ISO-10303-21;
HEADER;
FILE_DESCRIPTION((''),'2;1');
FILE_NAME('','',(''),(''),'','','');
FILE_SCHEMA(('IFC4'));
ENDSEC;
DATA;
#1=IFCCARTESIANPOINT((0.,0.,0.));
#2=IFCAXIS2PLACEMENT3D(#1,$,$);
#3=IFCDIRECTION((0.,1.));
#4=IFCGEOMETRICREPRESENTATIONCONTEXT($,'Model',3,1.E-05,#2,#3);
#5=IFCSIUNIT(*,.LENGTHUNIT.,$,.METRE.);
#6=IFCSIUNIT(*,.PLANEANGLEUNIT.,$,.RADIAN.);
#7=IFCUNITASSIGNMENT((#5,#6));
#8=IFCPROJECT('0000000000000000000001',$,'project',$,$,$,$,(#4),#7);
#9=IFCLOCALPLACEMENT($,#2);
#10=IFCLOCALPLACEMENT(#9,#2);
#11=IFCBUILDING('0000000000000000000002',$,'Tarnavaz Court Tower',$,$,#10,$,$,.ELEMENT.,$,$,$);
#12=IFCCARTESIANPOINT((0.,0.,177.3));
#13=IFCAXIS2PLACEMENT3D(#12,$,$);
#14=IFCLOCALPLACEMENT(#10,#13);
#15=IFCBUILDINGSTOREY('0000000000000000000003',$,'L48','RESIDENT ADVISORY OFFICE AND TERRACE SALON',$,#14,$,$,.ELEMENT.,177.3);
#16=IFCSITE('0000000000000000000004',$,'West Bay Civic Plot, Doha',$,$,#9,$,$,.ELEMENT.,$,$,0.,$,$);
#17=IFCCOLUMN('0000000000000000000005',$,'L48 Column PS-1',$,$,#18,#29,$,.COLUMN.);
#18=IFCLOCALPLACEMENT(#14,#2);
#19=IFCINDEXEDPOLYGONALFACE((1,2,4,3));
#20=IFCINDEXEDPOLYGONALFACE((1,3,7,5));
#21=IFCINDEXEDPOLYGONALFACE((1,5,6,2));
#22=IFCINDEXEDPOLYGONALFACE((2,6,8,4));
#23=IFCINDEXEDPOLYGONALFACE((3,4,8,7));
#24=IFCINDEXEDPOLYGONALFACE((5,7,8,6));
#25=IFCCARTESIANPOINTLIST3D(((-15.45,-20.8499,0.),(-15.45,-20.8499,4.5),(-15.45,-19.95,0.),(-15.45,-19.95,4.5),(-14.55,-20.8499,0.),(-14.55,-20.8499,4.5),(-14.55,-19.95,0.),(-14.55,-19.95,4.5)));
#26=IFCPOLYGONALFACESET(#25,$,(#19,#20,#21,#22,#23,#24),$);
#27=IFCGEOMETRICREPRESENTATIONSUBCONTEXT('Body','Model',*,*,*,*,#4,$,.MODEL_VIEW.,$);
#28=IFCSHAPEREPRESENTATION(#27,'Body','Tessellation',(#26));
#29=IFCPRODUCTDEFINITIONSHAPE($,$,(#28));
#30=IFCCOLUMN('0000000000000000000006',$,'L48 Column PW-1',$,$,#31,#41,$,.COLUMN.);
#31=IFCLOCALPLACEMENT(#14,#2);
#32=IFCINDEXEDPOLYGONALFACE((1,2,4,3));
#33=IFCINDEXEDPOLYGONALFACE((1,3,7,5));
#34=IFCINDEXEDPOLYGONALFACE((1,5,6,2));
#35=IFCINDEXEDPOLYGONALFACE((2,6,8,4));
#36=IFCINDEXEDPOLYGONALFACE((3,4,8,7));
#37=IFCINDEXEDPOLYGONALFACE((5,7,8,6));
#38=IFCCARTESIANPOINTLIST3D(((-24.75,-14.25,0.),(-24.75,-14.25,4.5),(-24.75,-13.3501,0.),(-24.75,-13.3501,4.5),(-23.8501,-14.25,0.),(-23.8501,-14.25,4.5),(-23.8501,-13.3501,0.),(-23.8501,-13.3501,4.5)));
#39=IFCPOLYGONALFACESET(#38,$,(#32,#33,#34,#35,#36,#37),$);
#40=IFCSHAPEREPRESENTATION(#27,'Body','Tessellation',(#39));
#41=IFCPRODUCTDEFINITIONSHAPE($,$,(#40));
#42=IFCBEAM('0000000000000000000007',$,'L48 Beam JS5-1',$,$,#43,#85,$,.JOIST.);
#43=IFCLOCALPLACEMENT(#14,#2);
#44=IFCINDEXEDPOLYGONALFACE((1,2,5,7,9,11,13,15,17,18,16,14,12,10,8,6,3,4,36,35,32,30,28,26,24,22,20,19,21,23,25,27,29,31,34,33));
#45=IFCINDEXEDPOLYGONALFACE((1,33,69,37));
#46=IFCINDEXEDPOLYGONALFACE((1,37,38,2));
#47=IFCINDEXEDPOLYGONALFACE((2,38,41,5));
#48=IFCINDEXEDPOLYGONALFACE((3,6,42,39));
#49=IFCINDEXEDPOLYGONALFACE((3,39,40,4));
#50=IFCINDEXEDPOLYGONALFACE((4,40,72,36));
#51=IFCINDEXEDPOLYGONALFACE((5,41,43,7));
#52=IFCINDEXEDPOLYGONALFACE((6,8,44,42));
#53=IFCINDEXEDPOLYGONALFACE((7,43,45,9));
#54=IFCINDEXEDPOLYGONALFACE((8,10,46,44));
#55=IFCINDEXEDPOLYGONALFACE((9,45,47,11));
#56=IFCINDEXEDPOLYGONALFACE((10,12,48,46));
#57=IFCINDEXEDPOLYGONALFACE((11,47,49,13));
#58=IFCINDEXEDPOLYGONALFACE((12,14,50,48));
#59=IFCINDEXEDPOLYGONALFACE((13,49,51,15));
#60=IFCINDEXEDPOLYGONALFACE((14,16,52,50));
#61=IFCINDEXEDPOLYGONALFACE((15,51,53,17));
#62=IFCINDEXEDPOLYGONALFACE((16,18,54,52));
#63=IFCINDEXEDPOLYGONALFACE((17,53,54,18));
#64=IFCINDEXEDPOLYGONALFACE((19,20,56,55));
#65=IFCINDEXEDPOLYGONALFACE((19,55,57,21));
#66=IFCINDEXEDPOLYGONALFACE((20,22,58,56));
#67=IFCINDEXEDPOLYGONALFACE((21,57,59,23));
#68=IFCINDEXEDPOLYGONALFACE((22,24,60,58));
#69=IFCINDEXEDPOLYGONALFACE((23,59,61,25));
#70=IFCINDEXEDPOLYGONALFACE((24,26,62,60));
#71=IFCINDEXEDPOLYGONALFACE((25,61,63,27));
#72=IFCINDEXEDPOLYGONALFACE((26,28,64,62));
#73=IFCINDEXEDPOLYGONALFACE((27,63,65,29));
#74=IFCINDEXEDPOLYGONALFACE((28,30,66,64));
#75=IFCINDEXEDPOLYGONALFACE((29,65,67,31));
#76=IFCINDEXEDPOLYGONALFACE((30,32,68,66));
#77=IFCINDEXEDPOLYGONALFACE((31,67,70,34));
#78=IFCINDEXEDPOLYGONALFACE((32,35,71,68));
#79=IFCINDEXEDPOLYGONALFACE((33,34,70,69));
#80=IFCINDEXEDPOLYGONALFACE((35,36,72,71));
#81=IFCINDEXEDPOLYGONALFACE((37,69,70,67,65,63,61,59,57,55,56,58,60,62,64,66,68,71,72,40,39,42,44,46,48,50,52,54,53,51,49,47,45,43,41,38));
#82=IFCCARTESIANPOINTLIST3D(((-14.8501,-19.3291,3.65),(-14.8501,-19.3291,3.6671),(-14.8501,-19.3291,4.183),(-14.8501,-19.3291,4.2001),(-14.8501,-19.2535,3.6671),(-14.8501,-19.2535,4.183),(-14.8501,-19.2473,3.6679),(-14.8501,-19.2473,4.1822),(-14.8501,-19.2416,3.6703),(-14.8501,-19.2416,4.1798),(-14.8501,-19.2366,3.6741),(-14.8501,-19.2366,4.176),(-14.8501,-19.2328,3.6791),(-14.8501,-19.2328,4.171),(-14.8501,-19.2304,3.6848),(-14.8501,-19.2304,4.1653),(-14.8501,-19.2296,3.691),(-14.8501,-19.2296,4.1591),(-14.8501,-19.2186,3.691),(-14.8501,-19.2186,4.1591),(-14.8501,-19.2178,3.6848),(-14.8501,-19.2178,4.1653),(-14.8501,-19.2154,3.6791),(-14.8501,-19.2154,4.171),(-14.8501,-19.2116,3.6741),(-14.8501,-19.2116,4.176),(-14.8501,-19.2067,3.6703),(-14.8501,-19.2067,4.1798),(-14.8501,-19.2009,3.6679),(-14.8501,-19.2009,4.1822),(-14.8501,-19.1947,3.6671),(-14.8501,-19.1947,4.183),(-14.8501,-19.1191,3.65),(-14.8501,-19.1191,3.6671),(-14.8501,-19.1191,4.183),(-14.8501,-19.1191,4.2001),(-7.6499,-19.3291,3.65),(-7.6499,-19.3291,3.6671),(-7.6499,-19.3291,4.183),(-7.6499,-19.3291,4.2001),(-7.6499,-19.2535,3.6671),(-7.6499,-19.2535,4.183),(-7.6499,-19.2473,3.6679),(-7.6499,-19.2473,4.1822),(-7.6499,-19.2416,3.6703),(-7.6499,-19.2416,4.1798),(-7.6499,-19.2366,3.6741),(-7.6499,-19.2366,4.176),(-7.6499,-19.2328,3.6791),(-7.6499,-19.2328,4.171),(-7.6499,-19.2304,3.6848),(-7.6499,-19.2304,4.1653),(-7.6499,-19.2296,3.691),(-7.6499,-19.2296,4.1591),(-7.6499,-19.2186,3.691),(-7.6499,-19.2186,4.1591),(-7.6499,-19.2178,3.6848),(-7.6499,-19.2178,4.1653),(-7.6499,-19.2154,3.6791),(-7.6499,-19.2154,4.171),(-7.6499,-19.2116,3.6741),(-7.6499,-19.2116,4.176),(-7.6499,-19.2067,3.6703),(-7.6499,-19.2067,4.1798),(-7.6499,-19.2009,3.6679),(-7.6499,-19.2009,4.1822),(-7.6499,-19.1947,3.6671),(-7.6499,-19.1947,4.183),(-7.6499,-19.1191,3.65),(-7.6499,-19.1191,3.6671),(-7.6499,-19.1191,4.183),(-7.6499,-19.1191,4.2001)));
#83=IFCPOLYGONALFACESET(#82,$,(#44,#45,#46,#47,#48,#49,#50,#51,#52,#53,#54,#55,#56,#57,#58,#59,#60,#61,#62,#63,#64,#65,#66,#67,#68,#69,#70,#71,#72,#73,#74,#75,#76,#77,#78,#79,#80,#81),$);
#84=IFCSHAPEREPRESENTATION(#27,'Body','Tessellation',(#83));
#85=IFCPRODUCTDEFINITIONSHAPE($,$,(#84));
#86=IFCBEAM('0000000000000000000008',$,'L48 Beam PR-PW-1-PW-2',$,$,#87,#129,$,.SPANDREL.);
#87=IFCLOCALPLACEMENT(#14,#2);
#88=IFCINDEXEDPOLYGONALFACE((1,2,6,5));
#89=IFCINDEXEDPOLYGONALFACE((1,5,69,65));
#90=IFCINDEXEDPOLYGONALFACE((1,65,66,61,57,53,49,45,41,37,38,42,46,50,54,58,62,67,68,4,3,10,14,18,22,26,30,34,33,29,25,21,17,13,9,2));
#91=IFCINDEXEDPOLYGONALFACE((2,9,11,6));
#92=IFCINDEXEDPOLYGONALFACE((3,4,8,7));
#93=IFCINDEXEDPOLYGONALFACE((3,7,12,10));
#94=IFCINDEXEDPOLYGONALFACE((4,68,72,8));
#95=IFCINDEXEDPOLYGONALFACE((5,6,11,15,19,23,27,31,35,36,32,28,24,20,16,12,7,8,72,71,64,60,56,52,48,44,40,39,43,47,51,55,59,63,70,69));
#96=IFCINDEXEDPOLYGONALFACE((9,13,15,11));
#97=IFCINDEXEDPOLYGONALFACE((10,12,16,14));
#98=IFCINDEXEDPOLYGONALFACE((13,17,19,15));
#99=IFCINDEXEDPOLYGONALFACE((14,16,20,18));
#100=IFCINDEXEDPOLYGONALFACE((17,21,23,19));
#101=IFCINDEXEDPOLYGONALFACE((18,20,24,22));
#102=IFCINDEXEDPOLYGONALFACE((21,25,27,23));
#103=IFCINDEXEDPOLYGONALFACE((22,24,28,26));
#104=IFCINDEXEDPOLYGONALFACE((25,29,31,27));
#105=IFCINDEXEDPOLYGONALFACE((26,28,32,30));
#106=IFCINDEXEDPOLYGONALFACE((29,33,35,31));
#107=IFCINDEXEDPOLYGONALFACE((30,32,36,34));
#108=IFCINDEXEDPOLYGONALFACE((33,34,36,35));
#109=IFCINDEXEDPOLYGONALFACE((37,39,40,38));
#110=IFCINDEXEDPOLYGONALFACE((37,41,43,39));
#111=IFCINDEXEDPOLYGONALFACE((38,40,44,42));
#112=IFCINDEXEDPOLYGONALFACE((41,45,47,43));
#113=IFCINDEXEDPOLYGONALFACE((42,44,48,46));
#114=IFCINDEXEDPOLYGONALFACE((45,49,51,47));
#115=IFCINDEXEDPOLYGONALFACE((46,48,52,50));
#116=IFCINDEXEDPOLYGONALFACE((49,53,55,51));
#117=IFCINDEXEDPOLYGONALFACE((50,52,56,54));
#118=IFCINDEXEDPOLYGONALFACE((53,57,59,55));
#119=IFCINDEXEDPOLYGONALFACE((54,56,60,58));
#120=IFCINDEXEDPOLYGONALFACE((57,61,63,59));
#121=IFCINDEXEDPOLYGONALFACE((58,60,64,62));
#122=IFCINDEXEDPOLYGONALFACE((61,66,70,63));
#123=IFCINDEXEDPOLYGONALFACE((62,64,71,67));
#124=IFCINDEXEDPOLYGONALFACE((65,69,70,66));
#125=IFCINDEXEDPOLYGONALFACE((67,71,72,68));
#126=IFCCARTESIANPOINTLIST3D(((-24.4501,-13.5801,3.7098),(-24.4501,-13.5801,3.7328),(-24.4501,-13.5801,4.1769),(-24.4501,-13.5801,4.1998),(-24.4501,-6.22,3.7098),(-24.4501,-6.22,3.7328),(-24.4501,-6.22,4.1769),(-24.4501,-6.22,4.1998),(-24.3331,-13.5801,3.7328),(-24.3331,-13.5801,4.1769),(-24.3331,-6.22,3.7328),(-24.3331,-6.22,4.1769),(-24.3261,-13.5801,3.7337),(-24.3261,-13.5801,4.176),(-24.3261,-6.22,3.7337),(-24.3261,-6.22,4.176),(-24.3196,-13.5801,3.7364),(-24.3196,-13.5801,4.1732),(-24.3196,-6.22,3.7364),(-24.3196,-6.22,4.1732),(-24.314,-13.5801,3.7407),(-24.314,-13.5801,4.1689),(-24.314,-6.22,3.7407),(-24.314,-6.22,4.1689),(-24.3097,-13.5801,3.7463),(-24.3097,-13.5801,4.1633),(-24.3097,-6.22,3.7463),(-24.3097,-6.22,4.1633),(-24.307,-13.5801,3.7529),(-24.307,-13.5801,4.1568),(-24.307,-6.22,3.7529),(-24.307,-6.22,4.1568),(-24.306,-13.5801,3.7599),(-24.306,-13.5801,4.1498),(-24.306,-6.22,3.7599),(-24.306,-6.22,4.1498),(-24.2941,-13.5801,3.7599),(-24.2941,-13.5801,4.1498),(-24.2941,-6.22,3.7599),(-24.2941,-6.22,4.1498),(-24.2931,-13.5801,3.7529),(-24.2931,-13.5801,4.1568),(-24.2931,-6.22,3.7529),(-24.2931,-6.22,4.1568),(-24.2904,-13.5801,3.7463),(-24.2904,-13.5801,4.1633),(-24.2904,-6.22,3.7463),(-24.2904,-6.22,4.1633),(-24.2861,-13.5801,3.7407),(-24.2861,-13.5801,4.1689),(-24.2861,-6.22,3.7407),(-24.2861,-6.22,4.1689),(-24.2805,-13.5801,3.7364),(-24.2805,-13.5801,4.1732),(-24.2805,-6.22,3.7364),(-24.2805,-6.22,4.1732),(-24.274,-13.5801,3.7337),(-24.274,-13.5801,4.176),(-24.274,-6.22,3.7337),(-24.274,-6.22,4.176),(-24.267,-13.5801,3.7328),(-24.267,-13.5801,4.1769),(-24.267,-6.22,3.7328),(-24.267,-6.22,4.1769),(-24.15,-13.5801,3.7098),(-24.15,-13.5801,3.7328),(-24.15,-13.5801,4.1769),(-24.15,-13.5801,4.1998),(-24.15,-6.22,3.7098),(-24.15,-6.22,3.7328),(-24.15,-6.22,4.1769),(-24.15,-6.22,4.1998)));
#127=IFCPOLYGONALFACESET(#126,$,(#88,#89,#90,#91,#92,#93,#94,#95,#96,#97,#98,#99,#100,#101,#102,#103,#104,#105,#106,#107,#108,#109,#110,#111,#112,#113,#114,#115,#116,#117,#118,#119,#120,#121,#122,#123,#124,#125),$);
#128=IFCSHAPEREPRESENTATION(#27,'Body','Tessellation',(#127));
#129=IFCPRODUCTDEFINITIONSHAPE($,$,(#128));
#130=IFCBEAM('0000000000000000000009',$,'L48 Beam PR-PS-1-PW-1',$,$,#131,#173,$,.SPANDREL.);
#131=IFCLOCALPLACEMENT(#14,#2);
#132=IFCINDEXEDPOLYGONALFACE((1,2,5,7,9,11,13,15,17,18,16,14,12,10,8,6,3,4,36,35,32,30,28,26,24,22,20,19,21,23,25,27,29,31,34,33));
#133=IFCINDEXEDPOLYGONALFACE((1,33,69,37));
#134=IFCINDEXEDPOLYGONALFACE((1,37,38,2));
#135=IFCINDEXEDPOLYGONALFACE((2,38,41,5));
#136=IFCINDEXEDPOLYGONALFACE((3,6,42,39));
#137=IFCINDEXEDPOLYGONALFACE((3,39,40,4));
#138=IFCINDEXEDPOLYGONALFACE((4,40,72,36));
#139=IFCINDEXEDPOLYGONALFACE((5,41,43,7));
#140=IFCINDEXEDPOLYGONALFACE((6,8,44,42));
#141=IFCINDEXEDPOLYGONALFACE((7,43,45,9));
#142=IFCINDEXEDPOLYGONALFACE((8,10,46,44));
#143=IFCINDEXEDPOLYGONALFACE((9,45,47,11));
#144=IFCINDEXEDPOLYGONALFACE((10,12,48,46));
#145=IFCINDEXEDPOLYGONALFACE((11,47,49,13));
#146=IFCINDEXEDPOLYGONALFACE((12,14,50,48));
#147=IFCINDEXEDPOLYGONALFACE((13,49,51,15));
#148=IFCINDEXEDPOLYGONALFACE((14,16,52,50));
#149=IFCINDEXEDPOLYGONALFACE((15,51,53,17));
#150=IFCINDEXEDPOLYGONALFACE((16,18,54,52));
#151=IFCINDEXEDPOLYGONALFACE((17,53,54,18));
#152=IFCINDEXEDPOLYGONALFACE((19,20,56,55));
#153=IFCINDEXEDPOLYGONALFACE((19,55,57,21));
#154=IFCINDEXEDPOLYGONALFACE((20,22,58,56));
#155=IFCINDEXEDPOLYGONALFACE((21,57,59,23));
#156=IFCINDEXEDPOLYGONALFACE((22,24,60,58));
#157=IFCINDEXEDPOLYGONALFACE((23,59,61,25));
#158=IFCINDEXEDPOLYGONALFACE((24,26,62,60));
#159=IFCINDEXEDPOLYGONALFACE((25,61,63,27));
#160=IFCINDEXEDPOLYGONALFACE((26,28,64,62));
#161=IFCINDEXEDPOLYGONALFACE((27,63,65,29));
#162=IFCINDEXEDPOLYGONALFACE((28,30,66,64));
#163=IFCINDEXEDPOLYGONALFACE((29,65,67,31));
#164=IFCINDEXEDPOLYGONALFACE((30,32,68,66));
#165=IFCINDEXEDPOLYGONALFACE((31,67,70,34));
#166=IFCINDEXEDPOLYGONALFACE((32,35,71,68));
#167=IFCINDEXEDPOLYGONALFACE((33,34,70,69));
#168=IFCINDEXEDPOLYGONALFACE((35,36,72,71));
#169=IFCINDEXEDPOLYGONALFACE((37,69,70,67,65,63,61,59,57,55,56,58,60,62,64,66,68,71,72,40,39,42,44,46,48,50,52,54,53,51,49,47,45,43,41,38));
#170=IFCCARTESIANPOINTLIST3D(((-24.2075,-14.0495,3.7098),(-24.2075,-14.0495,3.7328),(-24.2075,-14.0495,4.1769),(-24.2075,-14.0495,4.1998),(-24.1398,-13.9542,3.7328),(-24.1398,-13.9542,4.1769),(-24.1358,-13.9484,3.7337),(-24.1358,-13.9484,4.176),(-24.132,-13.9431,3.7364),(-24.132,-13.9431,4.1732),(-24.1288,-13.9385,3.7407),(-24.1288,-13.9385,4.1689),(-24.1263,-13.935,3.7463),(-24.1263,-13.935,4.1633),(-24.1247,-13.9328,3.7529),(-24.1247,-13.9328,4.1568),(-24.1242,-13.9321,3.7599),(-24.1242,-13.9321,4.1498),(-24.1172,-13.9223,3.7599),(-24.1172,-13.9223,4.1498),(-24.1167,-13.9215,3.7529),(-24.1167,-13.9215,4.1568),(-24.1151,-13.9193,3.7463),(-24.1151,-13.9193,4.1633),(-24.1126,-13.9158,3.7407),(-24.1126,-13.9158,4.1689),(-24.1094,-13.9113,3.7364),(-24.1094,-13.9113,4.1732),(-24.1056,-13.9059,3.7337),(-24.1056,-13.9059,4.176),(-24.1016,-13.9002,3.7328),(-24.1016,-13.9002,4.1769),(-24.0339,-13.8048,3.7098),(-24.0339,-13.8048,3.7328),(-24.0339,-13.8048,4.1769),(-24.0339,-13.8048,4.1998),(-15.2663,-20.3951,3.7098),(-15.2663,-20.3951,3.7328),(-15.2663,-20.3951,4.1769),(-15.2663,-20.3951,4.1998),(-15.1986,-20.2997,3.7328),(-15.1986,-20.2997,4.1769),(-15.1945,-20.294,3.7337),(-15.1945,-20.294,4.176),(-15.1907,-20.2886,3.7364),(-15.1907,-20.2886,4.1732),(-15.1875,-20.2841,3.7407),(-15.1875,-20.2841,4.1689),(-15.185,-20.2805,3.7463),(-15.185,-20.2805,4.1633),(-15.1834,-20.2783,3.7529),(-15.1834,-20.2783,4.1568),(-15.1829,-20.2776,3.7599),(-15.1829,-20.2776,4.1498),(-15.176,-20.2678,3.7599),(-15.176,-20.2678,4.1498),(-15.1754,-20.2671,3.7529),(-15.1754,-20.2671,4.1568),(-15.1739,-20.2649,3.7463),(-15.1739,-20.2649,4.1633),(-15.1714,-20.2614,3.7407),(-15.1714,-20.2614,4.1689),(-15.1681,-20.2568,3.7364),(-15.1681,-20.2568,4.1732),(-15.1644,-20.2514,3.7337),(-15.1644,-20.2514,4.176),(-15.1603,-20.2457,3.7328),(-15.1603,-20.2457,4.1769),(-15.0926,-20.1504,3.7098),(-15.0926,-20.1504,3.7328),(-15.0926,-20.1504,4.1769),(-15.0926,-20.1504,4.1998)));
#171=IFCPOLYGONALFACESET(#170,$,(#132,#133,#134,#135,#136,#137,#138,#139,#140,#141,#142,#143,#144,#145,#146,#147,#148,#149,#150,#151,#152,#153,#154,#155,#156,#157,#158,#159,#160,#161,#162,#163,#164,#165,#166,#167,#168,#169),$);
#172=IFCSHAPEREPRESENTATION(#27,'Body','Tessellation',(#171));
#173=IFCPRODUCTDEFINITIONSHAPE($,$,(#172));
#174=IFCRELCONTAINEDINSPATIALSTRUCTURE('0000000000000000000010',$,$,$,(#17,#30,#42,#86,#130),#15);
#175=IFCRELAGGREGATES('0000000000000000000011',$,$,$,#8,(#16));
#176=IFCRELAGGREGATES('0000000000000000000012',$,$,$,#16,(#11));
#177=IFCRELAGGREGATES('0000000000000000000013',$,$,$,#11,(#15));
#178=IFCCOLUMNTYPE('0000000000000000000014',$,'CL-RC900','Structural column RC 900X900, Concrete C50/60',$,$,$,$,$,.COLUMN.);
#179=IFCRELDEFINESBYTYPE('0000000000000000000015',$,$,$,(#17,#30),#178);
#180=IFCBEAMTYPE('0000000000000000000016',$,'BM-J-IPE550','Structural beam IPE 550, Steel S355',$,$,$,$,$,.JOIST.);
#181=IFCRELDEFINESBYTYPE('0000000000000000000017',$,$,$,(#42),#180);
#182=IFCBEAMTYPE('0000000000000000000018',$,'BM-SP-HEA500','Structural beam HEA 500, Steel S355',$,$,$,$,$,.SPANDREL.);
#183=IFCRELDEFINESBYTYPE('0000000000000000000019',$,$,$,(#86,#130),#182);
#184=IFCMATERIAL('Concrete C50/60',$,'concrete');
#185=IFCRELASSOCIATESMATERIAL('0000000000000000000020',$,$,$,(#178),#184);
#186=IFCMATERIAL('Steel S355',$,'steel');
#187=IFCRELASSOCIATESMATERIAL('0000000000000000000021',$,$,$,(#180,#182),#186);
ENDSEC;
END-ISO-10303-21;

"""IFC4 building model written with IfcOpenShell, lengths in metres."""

from ifc_helpers import new_model, si_unit, direction, frame, origin, origin_2d, place, context, subcontext, project, spatial, rectangle, i_section, extrude, material, material_profile, profile_set, type_object, element, save


model = new_model("IFC4")

# Units and contexts
model_context = context("Model", 3, precision=1e-05, world=origin(), true_north=direction((0.0, 1.0)))
body_context = subcontext(model_context, "Body", "Model", "MODEL_VIEW")
ifc_project = project(units=[si_unit("LENGTHUNIT", "METRE"), si_unit("PLANEANGLEUNIT", "RADIAN")], contexts=[model_context])

# Site, building, storey
site_placement = place(None, origin())
site = spatial("IfcSite", under=ifc_project, at=site_placement, Name="West Bay Civic Plot, Doha", CompositionType="ELEMENT", RefElevation=0.0)
building_placement = place(site_placement, origin())
building = spatial("IfcBuilding", under=site, at=building_placement, Name="Tarnavaz Court Tower", CompositionType="ELEMENT")
storey_placement = place(building_placement, frame((0.0, 0.0, 177.3)))
storey = spatial("IfcBuildingStorey", under=building, at=storey_placement, Name="L48", Description="RESIDENT ADVISORY OFFICE AND TERRACE SALON", CompositionType="ELEMENT", Elevation=177.3)

# Columns
ifc_material_1 = material(Name="Concrete C50/60", Category="concrete")
ifc_material_profile_1 = material_profile(ifc_material_1, rectangle(XDim=0.8999, YDim=0.8999, at=origin_2d()), Name="RC 900X900")
ifc_profile_set_1 = profile_set([ifc_material_profile_1], Name="Concrete C50/60")
column_type = type_object("IfcColumnType", Name="CL-RC900", Description="Structural column RC 900X900, Concrete C50/60", PredefinedType="COLUMN", material=ifc_profile_set_1)
for number, where, z_axis, x_axis, name in (
    (1, (-15.0, -20.3999, 0.0), (0.0, 0.0, 1.0), (1.0, 0.0, 0.0), "L48 Column PS-1"),
    (2, (-24.3, -13.8, 0.0), (0.0, 0.0, 1.0), (1.0, 0.0, 0.0), "L48 Column PW-1"),
):
    element("IfcColumn", number, at=place(storey_placement, frame(where, z_axis=z_axis, x_axis=x_axis)), inside=storey, type_object=column_type, Name=name, PredefinedType="COLUMN", context=body_context, shape_type="SweptSolid", body=[
        extrude(rectangle(XDim=0.8999, YDim=0.8999, at=origin_2d()), origin(), (0.0, 0.0, 1.0), 4.5),
    ])

# Beams
ifc_material_2 = material(Name="Steel S355", Category="steel")
ifc_material_profile_2 = material_profile(ifc_material_2, i_section(OverallWidth=0.21, OverallDepth=0.55, WebThickness=0.011, FlangeThickness=0.0171, FilletRadius=0.0239, at=origin_2d()), Name="IPE 550")
ifc_profile_set_2 = profile_set([ifc_material_profile_2], Name="Steel S355")
beam_type_1 = type_object("IfcBeamType", Name="BM-J-IPE550", Description="Structural beam IPE 550, Steel S355", PredefinedType="JOIST", material=ifc_profile_set_2)
beam_1_placement = place(storey_placement, frame((-14.8501, -19.2241, 3.925), z_axis=(1.0, 0.0, 0.0), x_axis=(0.0, 1.0, 0.0)))
element("IfcBeam", 3, at=beam_1_placement, inside=storey, type_object=beam_type_1, Name="L48 Beam JS5-1", PredefinedType="JOIST", context=body_context, shape_type="SweptSolid", body=[
    extrude(i_section(OverallWidth=0.21, OverallDepth=0.55, WebThickness=0.011, FlangeThickness=0.0171, FilletRadius=0.0239, at=origin_2d()), origin(), (0.0, 0.0, 1.0), 7.2002),
])
ifc_material_profile_3 = material_profile(ifc_material_2, i_section(OverallWidth=0.3, OverallDepth=0.49, WebThickness=0.012, FlangeThickness=0.0229, FilletRadius=0.0271, at=origin_2d()), Name="HEA 500")
ifc_profile_set_3 = profile_set([ifc_material_profile_3], Name="Steel S355")
beam_type_2 = type_object("IfcBeamType", Name="BM-SP-HEA500", Description="Structural beam HEA 500, Steel S355", PredefinedType="SPANDREL", material=ifc_profile_set_3)
beam_2_placement = place(storey_placement, frame((-24.3, -13.5801, 3.9548), z_axis=(0.0, 1.0, 0.0), x_axis=(-1.0, 0.0, 0.0)))
element("IfcBeam", 4, at=beam_2_placement, inside=storey, type_object=beam_type_2, Name="L48 Beam PR-PW-1-PW-2", PredefinedType="SPANDREL", context=body_context, shape_type="SweptSolid", body=[
    extrude(i_section(OverallWidth=0.3, OverallDepth=0.49, WebThickness=0.012, FlangeThickness=0.0229, FilletRadius=0.0271, at=origin_2d()), origin(), (0.0, 0.0, 1.0), 7.3601),
])
beam_3_placement = place(storey_placement, frame((-15.1794, -20.2727, 3.9548), z_axis=(-0.815502, 0.578754, 0.0), x_axis=(-0.578754, -0.815502, 0.0)))
element("IfcBeam", 5, at=beam_3_placement, inside=storey, type_object=beam_type_2, Name="L48 Beam PR-PS-1-PW-1", PredefinedType="SPANDREL", context=body_context, shape_type="SweptSolid", body=[
    extrude(i_section(OverallWidth=0.3, OverallDepth=0.49, WebThickness=0.012, FlangeThickness=0.0229, FilletRadius=0.0271, at=origin_2d()), origin(), (0.0, 0.0, 1.0), 10.9641),
])

save(model, "model.ifc")
